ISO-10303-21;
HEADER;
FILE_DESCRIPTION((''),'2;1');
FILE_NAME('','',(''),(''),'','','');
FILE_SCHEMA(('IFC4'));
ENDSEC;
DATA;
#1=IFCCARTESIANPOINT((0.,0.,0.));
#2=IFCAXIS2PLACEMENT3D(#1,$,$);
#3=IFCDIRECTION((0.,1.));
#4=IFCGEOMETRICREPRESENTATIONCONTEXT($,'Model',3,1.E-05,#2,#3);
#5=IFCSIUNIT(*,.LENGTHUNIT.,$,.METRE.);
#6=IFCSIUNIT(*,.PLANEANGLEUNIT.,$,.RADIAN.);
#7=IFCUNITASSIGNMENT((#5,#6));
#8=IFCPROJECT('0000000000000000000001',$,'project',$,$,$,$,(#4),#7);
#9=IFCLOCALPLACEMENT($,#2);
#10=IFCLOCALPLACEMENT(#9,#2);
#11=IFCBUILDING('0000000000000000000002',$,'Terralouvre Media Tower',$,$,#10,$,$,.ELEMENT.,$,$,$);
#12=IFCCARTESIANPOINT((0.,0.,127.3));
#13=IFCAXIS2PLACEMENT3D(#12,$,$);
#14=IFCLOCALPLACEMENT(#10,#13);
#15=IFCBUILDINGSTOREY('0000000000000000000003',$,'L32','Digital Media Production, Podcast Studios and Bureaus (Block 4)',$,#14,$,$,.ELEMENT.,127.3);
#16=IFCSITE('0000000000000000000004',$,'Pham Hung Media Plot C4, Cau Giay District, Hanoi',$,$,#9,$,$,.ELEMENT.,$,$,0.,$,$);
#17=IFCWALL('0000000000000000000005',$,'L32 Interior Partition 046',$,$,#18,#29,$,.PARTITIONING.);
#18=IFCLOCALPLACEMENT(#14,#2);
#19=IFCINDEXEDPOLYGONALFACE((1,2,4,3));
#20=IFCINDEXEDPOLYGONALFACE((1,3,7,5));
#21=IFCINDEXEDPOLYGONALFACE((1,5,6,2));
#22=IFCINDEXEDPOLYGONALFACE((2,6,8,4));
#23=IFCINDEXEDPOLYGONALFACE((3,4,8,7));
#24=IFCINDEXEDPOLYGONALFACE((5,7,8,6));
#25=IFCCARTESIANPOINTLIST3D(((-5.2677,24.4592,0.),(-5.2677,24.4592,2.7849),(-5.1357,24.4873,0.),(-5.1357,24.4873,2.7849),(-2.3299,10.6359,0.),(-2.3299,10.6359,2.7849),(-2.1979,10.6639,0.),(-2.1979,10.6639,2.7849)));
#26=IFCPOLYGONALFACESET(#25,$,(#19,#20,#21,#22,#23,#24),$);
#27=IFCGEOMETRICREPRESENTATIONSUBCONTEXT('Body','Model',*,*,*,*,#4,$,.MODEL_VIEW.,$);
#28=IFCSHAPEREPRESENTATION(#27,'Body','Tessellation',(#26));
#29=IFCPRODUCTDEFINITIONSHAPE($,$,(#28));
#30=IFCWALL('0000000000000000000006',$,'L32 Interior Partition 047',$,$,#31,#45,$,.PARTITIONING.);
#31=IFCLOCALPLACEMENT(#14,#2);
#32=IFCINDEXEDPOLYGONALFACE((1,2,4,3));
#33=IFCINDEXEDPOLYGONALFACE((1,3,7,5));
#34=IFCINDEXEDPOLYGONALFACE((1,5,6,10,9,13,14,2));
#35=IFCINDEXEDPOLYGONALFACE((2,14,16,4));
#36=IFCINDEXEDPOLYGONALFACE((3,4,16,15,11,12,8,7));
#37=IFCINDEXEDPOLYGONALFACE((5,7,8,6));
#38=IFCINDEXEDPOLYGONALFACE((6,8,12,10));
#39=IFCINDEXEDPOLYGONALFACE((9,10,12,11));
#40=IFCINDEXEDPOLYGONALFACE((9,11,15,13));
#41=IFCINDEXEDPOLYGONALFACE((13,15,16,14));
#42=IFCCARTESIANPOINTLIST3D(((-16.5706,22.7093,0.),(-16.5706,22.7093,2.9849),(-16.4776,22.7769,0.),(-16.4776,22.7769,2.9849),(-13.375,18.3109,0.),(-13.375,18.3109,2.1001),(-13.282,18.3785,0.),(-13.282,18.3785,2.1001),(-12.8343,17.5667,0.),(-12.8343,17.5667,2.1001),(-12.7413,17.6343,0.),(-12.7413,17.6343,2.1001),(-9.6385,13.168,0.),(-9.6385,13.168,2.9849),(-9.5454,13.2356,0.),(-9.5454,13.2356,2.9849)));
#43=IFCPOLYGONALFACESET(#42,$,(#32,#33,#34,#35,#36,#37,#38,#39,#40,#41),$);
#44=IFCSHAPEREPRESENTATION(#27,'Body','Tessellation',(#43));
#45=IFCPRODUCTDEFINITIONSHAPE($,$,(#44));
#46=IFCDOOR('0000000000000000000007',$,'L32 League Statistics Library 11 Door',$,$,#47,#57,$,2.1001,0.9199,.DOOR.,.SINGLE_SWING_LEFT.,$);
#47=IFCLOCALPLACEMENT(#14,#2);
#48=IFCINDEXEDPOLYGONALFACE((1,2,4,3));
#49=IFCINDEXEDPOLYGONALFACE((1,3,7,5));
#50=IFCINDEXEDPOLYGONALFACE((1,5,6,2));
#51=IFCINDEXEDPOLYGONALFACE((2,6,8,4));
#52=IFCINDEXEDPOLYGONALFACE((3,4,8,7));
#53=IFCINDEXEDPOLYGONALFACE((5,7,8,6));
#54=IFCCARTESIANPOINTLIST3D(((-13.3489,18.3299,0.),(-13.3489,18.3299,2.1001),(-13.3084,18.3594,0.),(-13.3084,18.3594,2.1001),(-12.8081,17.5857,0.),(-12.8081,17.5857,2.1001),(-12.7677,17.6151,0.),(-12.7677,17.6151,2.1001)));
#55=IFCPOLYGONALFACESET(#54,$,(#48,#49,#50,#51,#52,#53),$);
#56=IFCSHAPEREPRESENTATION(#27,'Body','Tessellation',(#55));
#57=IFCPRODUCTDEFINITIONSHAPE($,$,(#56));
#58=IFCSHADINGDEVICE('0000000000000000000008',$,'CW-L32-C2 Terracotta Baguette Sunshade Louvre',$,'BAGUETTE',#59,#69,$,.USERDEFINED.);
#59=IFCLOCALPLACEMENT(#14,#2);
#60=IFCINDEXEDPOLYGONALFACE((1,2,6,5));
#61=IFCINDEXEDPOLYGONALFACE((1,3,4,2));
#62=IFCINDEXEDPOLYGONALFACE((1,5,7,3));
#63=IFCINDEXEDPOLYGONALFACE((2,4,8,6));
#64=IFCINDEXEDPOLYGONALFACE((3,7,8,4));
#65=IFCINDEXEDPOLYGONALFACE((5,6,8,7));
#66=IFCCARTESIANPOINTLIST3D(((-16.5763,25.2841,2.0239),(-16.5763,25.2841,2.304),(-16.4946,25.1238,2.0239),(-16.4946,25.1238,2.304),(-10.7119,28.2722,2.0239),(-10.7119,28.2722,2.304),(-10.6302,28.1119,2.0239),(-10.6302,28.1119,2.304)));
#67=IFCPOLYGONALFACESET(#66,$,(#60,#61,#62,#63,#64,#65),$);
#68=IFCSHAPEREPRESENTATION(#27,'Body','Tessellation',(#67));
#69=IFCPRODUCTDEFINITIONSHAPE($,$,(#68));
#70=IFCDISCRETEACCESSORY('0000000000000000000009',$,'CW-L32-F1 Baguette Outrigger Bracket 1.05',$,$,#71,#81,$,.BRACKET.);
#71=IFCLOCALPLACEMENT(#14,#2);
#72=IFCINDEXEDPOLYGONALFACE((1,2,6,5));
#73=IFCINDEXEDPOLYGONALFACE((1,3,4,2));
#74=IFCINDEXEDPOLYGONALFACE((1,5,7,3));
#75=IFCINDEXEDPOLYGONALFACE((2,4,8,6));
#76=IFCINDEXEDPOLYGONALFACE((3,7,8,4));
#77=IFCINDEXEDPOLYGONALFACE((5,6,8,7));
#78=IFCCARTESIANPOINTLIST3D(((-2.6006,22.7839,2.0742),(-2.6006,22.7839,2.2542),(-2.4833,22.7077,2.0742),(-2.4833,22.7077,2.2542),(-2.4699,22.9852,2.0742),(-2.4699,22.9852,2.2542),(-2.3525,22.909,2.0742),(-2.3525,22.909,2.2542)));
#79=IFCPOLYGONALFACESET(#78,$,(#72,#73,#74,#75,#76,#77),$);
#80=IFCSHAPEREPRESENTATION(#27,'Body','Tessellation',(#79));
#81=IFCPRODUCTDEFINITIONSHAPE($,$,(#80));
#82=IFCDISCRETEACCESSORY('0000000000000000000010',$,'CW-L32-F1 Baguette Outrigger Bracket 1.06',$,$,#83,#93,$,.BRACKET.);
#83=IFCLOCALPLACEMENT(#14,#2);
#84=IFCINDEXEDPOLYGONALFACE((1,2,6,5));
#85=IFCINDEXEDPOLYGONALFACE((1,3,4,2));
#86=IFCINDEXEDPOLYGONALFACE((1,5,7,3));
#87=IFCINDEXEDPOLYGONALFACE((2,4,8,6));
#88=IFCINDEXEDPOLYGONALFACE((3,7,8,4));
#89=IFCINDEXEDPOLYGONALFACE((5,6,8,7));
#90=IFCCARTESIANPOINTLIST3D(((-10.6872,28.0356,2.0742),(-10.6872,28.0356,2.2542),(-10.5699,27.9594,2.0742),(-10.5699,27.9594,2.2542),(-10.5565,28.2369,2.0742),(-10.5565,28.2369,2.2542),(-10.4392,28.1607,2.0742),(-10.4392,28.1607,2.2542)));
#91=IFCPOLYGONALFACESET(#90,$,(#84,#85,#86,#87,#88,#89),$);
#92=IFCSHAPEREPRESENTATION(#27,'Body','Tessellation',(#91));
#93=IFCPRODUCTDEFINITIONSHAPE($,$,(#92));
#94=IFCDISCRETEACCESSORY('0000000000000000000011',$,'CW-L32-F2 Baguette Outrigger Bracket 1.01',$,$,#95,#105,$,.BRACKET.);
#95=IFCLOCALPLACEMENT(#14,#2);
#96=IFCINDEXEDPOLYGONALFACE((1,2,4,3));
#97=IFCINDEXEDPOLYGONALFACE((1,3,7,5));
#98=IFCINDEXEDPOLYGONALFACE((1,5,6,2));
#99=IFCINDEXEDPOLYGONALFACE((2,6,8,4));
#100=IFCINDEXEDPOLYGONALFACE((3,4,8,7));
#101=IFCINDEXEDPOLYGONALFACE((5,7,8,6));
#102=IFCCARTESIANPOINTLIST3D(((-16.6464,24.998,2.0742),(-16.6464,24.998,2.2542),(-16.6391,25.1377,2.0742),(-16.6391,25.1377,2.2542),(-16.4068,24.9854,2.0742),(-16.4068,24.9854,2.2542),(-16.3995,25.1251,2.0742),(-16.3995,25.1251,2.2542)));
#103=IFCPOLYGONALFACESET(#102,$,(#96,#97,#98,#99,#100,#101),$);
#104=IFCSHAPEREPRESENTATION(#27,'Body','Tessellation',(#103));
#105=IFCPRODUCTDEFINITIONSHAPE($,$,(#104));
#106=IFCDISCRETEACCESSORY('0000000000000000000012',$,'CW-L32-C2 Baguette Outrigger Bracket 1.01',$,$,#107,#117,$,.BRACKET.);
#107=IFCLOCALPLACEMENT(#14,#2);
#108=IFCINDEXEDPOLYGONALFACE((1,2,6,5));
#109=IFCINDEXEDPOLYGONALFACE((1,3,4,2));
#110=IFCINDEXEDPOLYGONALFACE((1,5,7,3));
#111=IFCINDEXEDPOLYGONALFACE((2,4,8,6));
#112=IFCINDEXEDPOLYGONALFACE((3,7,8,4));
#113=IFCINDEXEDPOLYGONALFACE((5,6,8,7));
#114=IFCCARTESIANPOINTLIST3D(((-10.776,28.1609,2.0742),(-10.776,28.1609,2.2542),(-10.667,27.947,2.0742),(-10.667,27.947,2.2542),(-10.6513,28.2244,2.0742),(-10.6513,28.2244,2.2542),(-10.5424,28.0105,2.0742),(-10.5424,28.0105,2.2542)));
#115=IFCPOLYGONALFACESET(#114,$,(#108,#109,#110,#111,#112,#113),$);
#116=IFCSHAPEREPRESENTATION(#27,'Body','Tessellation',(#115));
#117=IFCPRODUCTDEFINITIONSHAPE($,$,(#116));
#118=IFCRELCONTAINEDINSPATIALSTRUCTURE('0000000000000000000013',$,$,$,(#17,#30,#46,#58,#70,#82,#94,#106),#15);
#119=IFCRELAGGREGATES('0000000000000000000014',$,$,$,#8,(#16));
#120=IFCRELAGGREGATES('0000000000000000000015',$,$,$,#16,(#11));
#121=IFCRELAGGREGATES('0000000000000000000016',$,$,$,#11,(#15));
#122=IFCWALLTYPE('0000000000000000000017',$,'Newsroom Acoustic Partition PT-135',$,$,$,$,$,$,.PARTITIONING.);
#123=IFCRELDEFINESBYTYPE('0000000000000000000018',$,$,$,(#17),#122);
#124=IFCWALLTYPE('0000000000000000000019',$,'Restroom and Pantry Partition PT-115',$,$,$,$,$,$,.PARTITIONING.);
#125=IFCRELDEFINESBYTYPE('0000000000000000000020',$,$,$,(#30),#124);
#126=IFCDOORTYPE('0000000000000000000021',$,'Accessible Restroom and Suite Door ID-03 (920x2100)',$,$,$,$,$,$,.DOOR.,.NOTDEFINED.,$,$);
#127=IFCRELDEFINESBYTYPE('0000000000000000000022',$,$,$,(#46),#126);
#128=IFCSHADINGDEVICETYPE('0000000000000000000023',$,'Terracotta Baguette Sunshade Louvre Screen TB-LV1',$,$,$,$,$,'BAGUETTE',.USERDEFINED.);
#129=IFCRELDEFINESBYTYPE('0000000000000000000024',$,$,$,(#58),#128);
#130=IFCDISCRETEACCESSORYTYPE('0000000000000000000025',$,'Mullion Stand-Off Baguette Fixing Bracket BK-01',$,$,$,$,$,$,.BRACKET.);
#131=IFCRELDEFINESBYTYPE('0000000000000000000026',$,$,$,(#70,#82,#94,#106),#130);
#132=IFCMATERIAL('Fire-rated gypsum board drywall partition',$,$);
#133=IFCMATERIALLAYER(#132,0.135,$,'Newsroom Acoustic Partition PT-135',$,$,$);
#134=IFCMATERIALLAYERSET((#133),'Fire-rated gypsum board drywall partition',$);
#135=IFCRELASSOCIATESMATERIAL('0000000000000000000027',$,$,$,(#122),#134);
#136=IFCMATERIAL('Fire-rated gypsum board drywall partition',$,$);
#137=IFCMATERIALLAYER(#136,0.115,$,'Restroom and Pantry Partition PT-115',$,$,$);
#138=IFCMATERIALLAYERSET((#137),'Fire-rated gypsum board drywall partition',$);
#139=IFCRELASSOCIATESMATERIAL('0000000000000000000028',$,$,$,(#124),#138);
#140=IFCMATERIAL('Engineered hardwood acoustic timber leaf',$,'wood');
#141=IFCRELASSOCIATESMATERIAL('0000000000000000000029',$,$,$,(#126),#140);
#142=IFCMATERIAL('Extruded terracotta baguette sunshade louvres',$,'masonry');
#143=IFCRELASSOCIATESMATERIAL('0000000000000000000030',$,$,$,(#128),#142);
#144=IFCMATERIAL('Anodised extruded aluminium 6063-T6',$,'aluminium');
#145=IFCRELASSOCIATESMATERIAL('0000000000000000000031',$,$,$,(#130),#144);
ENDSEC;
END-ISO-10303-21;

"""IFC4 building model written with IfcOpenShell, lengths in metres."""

from ifc_helpers import new_model, si_unit, direction, frame, frame_2d, origin, origin_2d, place, context, subcontext, project, spatial, rectangle, extrude, material, layer, layer_set, type_object, element, fill, save


model = new_model("IFC4")

# Units and contexts
model_context = context("Model", 3, precision=1e-05, world=origin(), true_north=direction((0.0, 1.0)))
body_context = subcontext(model_context, "Body", "Model", "MODEL_VIEW")
ifc_project = project(units=[si_unit("LENGTHUNIT", "METRE"), si_unit("PLANEANGLEUNIT", "RADIAN")], contexts=[model_context])

# Site, building, storey
site_placement = place(None, origin())
site = spatial("IfcSite", under=ifc_project, at=site_placement, Name="Pham Hung Media Plot C4, Cau Giay District, Hanoi", CompositionType="ELEMENT", RefElevation=0.0)
building_placement = place(site_placement, origin())
building = spatial("IfcBuilding", under=site, at=building_placement, Name="Terralouvre Media Tower", CompositionType="ELEMENT")
storey_placement = place(building_placement, frame((0.0, 0.0, 127.3)))
storey = spatial("IfcBuildingStorey", under=building, at=storey_placement, Name="L32", Description="Digital Media Production, Podcast Studios and Bureaus (Block 4)", CompositionType="ELEMENT", Elevation=127.3)

# Wall
ifc_material_1 = material(Name="Fire-rated gypsum board drywall partition")
ifc_layer_1 = layer(ifc_material_1, 0.135, Name="Newsroom Acoustic Partition PT-135")
ifc_layer_set_1 = layer_set([ifc_layer_1], Name="Fire-rated gypsum board drywall partition")
wall_type_1 = type_object("IfcWallType", Name="Newsroom Acoustic Partition PT-135", PredefinedType="PARTITIONING", material=ifc_layer_set_1)
wall_1_placement = place(storey_placement, frame((-5.2017, 24.4731, 0.0), z_axis=(0.0, 0.0, 1.0), x_axis=(0.207879, -0.978154, 0.0)))
element("IfcWall", 1, at=wall_1_placement, inside=storey, type_object=wall_type_1, Name="L32 Interior Partition 046", PredefinedType="PARTITIONING", context=body_context, shape_type="SweptSolid", body=[
    extrude(rectangle(XDim=14.1321, YDim=0.135, at=frame_2d((7.0659, 0.0))), origin(), (0.0, 0.0, 1.0), 2.7849),
])

# Wall, opening, door
ifc_material_2 = material(Name="Fire-rated gypsum board drywall partition")
ifc_layer_2 = layer(ifc_material_2, 0.115, Name="Restroom and Pantry Partition PT-115")
ifc_layer_set_2 = layer_set([ifc_layer_2], Name="Fire-rated gypsum board drywall partition")
wall_type_2 = type_object("IfcWallType", Name="Restroom and Pantry Partition PT-115", PredefinedType="PARTITIONING", material=ifc_layer_set_2)
wall_2_placement = place(storey_placement, frame((-16.5242, 22.7432, 0.0), z_axis=(0.0, 0.0, 1.0), x_axis=(0.587785, -0.809017, 0.0)))
wall_2 = element("IfcWall", 2, at=wall_2_placement, inside=storey, type_object=wall_type_2, Name="L32 Interior Partition 047", PredefinedType="PARTITIONING", context=body_context, shape_type="SweptSolid", body=[
    extrude(rectangle(XDim=11.7937, YDim=0.115, at=frame_2d((5.897, 0.0))), origin(), (0.0, 0.0, 1.0), 2.9849),
])
opening_placement = place(wall_2_placement, frame((5.4368, 0.0, 0.0)))
opening = element("IfcOpeningElement", 3, at=opening_placement, cuts=wall_2, PredefinedType="OPENING", context=body_context, shape_type="SweptSolid", body=[
    extrude(rectangle(XDim=0.9199, YDim=2.1001, at=frame_2d((0.46, 1.05))), frame((0.0, 0.0674, 0.0), z_axis=(0.0, -1.0, 0.0), x_axis=(1.0, 0.0, 0.0)), (0.0, 0.0, 1.0), 0.135),
])
ifc_material_3 = material(Name="Engineered hardwood acoustic timber leaf", Category="wood")
door_type = type_object("IfcDoorType", Name="Accessible Restroom and Suite Door ID-03 (920x2100)", OperationType="NOTDEFINED", PredefinedType="DOOR", material=ifc_material_3)
door_placement = place(opening_placement, origin())
door = element("IfcDoor", 4, at=door_placement, inside=storey, type_object=door_type, Name="L32 League Statistics Library 11 Door", OperationType="SINGLE_SWING_LEFT", OverallHeight=2.1001, OverallWidth=0.9199, PredefinedType="DOOR", context=body_context, shape_type="SweptSolid", body=[
    extrude(rectangle(XDim=0.9199, YDim=2.1001, at=frame_2d((0.46, 1.05))), frame((0.0, 0.0249, 0.0), z_axis=(0.0, -1.0, 0.0), x_axis=(1.0, 0.0, 0.0)), (0.0, 0.0, 1.0), 0.05),
])
fill(opening, door)

# Shading device
ifc_material_4 = material(Name="Extruded terracotta baguette sunshade louvres", Category="masonry")
shading_device_type = type_object("IfcShadingDeviceType", Name="Terracotta Baguette Sunshade Louvre Screen TB-LV1", ElementType="BAGUETTE", PredefinedType="USERDEFINED", material=ifc_material_4)
shading_device_placement = place(storey_placement, frame((-13.6033, 26.698, 2.0239), z_axis=(0.0, 0.0, 1.0), x_axis=(-0.891007, -0.45399, 0.0)))
element("IfcShadingDevice", 5, at=shading_device_placement, inside=storey, type_object=shading_device_type, Name="CW-L32-C2 Terracotta Baguette Sunshade Louvre", ObjectType="BAGUETTE", PredefinedType="USERDEFINED", context=body_context, shape_type="SweptSolid", body=[
    extrude(rectangle(XDim=6.5818, YDim=0.1799, at=origin_2d()), origin(), (0.0, 0.0, 1.0), 0.28),
])

# Discrete accessories
ifc_material_5 = material(Name="Anodised extruded aluminium 6063-T6", Category="aluminium")
discrete_accessory_type = type_object("IfcDiscreteAccessoryType", Name="Mullion Stand-Off Baguette Fixing Bracket BK-01", PredefinedType="BRACKET", material=ifc_material_5)
for number, where, z_axis, x_axis, name in (
    (6, (-2.4766, 22.8464, 2.0742), (0.0, 0.0, 1.0), (-0.838671, 0.544639, 0.0), "CW-L32-F1 Baguette Outrigger Bracket 1.05"),
    (7, (-10.5632, 28.0981, 2.0742), (0.0, 0.0, 1.0), (-0.838671, 0.544639, 0.0), "CW-L32-F1 Baguette Outrigger Bracket 1.06"),
    (8, (-16.5229, 25.0615, 2.0742), (0.0, 0.0, 1.0), (-0.052336, -0.99863, 0.0), "CW-L32-F2 Baguette Outrigger Bracket 1.01"),
    (9, (-10.6592, 28.0857, 2.0742), (0.0, 0.0, 1.0), (-0.891007, -0.45399, 0.0), "CW-L32-C2 Baguette Outrigger Bracket 1.01"),
):
    element("IfcDiscreteAccessory", number, at=place(storey_placement, frame(where, z_axis=z_axis, x_axis=x_axis)), inside=storey, type_object=discrete_accessory_type, Name=name, PredefinedType="BRACKET", context=body_context, shape_type="SweptSolid", body=[
        extrude(rectangle(XDim=0.1399, YDim=0.24, at=origin_2d()), origin(), (0.0, 0.0, 1.0), 0.1799),
    ])

save(model, "model.ifc")
